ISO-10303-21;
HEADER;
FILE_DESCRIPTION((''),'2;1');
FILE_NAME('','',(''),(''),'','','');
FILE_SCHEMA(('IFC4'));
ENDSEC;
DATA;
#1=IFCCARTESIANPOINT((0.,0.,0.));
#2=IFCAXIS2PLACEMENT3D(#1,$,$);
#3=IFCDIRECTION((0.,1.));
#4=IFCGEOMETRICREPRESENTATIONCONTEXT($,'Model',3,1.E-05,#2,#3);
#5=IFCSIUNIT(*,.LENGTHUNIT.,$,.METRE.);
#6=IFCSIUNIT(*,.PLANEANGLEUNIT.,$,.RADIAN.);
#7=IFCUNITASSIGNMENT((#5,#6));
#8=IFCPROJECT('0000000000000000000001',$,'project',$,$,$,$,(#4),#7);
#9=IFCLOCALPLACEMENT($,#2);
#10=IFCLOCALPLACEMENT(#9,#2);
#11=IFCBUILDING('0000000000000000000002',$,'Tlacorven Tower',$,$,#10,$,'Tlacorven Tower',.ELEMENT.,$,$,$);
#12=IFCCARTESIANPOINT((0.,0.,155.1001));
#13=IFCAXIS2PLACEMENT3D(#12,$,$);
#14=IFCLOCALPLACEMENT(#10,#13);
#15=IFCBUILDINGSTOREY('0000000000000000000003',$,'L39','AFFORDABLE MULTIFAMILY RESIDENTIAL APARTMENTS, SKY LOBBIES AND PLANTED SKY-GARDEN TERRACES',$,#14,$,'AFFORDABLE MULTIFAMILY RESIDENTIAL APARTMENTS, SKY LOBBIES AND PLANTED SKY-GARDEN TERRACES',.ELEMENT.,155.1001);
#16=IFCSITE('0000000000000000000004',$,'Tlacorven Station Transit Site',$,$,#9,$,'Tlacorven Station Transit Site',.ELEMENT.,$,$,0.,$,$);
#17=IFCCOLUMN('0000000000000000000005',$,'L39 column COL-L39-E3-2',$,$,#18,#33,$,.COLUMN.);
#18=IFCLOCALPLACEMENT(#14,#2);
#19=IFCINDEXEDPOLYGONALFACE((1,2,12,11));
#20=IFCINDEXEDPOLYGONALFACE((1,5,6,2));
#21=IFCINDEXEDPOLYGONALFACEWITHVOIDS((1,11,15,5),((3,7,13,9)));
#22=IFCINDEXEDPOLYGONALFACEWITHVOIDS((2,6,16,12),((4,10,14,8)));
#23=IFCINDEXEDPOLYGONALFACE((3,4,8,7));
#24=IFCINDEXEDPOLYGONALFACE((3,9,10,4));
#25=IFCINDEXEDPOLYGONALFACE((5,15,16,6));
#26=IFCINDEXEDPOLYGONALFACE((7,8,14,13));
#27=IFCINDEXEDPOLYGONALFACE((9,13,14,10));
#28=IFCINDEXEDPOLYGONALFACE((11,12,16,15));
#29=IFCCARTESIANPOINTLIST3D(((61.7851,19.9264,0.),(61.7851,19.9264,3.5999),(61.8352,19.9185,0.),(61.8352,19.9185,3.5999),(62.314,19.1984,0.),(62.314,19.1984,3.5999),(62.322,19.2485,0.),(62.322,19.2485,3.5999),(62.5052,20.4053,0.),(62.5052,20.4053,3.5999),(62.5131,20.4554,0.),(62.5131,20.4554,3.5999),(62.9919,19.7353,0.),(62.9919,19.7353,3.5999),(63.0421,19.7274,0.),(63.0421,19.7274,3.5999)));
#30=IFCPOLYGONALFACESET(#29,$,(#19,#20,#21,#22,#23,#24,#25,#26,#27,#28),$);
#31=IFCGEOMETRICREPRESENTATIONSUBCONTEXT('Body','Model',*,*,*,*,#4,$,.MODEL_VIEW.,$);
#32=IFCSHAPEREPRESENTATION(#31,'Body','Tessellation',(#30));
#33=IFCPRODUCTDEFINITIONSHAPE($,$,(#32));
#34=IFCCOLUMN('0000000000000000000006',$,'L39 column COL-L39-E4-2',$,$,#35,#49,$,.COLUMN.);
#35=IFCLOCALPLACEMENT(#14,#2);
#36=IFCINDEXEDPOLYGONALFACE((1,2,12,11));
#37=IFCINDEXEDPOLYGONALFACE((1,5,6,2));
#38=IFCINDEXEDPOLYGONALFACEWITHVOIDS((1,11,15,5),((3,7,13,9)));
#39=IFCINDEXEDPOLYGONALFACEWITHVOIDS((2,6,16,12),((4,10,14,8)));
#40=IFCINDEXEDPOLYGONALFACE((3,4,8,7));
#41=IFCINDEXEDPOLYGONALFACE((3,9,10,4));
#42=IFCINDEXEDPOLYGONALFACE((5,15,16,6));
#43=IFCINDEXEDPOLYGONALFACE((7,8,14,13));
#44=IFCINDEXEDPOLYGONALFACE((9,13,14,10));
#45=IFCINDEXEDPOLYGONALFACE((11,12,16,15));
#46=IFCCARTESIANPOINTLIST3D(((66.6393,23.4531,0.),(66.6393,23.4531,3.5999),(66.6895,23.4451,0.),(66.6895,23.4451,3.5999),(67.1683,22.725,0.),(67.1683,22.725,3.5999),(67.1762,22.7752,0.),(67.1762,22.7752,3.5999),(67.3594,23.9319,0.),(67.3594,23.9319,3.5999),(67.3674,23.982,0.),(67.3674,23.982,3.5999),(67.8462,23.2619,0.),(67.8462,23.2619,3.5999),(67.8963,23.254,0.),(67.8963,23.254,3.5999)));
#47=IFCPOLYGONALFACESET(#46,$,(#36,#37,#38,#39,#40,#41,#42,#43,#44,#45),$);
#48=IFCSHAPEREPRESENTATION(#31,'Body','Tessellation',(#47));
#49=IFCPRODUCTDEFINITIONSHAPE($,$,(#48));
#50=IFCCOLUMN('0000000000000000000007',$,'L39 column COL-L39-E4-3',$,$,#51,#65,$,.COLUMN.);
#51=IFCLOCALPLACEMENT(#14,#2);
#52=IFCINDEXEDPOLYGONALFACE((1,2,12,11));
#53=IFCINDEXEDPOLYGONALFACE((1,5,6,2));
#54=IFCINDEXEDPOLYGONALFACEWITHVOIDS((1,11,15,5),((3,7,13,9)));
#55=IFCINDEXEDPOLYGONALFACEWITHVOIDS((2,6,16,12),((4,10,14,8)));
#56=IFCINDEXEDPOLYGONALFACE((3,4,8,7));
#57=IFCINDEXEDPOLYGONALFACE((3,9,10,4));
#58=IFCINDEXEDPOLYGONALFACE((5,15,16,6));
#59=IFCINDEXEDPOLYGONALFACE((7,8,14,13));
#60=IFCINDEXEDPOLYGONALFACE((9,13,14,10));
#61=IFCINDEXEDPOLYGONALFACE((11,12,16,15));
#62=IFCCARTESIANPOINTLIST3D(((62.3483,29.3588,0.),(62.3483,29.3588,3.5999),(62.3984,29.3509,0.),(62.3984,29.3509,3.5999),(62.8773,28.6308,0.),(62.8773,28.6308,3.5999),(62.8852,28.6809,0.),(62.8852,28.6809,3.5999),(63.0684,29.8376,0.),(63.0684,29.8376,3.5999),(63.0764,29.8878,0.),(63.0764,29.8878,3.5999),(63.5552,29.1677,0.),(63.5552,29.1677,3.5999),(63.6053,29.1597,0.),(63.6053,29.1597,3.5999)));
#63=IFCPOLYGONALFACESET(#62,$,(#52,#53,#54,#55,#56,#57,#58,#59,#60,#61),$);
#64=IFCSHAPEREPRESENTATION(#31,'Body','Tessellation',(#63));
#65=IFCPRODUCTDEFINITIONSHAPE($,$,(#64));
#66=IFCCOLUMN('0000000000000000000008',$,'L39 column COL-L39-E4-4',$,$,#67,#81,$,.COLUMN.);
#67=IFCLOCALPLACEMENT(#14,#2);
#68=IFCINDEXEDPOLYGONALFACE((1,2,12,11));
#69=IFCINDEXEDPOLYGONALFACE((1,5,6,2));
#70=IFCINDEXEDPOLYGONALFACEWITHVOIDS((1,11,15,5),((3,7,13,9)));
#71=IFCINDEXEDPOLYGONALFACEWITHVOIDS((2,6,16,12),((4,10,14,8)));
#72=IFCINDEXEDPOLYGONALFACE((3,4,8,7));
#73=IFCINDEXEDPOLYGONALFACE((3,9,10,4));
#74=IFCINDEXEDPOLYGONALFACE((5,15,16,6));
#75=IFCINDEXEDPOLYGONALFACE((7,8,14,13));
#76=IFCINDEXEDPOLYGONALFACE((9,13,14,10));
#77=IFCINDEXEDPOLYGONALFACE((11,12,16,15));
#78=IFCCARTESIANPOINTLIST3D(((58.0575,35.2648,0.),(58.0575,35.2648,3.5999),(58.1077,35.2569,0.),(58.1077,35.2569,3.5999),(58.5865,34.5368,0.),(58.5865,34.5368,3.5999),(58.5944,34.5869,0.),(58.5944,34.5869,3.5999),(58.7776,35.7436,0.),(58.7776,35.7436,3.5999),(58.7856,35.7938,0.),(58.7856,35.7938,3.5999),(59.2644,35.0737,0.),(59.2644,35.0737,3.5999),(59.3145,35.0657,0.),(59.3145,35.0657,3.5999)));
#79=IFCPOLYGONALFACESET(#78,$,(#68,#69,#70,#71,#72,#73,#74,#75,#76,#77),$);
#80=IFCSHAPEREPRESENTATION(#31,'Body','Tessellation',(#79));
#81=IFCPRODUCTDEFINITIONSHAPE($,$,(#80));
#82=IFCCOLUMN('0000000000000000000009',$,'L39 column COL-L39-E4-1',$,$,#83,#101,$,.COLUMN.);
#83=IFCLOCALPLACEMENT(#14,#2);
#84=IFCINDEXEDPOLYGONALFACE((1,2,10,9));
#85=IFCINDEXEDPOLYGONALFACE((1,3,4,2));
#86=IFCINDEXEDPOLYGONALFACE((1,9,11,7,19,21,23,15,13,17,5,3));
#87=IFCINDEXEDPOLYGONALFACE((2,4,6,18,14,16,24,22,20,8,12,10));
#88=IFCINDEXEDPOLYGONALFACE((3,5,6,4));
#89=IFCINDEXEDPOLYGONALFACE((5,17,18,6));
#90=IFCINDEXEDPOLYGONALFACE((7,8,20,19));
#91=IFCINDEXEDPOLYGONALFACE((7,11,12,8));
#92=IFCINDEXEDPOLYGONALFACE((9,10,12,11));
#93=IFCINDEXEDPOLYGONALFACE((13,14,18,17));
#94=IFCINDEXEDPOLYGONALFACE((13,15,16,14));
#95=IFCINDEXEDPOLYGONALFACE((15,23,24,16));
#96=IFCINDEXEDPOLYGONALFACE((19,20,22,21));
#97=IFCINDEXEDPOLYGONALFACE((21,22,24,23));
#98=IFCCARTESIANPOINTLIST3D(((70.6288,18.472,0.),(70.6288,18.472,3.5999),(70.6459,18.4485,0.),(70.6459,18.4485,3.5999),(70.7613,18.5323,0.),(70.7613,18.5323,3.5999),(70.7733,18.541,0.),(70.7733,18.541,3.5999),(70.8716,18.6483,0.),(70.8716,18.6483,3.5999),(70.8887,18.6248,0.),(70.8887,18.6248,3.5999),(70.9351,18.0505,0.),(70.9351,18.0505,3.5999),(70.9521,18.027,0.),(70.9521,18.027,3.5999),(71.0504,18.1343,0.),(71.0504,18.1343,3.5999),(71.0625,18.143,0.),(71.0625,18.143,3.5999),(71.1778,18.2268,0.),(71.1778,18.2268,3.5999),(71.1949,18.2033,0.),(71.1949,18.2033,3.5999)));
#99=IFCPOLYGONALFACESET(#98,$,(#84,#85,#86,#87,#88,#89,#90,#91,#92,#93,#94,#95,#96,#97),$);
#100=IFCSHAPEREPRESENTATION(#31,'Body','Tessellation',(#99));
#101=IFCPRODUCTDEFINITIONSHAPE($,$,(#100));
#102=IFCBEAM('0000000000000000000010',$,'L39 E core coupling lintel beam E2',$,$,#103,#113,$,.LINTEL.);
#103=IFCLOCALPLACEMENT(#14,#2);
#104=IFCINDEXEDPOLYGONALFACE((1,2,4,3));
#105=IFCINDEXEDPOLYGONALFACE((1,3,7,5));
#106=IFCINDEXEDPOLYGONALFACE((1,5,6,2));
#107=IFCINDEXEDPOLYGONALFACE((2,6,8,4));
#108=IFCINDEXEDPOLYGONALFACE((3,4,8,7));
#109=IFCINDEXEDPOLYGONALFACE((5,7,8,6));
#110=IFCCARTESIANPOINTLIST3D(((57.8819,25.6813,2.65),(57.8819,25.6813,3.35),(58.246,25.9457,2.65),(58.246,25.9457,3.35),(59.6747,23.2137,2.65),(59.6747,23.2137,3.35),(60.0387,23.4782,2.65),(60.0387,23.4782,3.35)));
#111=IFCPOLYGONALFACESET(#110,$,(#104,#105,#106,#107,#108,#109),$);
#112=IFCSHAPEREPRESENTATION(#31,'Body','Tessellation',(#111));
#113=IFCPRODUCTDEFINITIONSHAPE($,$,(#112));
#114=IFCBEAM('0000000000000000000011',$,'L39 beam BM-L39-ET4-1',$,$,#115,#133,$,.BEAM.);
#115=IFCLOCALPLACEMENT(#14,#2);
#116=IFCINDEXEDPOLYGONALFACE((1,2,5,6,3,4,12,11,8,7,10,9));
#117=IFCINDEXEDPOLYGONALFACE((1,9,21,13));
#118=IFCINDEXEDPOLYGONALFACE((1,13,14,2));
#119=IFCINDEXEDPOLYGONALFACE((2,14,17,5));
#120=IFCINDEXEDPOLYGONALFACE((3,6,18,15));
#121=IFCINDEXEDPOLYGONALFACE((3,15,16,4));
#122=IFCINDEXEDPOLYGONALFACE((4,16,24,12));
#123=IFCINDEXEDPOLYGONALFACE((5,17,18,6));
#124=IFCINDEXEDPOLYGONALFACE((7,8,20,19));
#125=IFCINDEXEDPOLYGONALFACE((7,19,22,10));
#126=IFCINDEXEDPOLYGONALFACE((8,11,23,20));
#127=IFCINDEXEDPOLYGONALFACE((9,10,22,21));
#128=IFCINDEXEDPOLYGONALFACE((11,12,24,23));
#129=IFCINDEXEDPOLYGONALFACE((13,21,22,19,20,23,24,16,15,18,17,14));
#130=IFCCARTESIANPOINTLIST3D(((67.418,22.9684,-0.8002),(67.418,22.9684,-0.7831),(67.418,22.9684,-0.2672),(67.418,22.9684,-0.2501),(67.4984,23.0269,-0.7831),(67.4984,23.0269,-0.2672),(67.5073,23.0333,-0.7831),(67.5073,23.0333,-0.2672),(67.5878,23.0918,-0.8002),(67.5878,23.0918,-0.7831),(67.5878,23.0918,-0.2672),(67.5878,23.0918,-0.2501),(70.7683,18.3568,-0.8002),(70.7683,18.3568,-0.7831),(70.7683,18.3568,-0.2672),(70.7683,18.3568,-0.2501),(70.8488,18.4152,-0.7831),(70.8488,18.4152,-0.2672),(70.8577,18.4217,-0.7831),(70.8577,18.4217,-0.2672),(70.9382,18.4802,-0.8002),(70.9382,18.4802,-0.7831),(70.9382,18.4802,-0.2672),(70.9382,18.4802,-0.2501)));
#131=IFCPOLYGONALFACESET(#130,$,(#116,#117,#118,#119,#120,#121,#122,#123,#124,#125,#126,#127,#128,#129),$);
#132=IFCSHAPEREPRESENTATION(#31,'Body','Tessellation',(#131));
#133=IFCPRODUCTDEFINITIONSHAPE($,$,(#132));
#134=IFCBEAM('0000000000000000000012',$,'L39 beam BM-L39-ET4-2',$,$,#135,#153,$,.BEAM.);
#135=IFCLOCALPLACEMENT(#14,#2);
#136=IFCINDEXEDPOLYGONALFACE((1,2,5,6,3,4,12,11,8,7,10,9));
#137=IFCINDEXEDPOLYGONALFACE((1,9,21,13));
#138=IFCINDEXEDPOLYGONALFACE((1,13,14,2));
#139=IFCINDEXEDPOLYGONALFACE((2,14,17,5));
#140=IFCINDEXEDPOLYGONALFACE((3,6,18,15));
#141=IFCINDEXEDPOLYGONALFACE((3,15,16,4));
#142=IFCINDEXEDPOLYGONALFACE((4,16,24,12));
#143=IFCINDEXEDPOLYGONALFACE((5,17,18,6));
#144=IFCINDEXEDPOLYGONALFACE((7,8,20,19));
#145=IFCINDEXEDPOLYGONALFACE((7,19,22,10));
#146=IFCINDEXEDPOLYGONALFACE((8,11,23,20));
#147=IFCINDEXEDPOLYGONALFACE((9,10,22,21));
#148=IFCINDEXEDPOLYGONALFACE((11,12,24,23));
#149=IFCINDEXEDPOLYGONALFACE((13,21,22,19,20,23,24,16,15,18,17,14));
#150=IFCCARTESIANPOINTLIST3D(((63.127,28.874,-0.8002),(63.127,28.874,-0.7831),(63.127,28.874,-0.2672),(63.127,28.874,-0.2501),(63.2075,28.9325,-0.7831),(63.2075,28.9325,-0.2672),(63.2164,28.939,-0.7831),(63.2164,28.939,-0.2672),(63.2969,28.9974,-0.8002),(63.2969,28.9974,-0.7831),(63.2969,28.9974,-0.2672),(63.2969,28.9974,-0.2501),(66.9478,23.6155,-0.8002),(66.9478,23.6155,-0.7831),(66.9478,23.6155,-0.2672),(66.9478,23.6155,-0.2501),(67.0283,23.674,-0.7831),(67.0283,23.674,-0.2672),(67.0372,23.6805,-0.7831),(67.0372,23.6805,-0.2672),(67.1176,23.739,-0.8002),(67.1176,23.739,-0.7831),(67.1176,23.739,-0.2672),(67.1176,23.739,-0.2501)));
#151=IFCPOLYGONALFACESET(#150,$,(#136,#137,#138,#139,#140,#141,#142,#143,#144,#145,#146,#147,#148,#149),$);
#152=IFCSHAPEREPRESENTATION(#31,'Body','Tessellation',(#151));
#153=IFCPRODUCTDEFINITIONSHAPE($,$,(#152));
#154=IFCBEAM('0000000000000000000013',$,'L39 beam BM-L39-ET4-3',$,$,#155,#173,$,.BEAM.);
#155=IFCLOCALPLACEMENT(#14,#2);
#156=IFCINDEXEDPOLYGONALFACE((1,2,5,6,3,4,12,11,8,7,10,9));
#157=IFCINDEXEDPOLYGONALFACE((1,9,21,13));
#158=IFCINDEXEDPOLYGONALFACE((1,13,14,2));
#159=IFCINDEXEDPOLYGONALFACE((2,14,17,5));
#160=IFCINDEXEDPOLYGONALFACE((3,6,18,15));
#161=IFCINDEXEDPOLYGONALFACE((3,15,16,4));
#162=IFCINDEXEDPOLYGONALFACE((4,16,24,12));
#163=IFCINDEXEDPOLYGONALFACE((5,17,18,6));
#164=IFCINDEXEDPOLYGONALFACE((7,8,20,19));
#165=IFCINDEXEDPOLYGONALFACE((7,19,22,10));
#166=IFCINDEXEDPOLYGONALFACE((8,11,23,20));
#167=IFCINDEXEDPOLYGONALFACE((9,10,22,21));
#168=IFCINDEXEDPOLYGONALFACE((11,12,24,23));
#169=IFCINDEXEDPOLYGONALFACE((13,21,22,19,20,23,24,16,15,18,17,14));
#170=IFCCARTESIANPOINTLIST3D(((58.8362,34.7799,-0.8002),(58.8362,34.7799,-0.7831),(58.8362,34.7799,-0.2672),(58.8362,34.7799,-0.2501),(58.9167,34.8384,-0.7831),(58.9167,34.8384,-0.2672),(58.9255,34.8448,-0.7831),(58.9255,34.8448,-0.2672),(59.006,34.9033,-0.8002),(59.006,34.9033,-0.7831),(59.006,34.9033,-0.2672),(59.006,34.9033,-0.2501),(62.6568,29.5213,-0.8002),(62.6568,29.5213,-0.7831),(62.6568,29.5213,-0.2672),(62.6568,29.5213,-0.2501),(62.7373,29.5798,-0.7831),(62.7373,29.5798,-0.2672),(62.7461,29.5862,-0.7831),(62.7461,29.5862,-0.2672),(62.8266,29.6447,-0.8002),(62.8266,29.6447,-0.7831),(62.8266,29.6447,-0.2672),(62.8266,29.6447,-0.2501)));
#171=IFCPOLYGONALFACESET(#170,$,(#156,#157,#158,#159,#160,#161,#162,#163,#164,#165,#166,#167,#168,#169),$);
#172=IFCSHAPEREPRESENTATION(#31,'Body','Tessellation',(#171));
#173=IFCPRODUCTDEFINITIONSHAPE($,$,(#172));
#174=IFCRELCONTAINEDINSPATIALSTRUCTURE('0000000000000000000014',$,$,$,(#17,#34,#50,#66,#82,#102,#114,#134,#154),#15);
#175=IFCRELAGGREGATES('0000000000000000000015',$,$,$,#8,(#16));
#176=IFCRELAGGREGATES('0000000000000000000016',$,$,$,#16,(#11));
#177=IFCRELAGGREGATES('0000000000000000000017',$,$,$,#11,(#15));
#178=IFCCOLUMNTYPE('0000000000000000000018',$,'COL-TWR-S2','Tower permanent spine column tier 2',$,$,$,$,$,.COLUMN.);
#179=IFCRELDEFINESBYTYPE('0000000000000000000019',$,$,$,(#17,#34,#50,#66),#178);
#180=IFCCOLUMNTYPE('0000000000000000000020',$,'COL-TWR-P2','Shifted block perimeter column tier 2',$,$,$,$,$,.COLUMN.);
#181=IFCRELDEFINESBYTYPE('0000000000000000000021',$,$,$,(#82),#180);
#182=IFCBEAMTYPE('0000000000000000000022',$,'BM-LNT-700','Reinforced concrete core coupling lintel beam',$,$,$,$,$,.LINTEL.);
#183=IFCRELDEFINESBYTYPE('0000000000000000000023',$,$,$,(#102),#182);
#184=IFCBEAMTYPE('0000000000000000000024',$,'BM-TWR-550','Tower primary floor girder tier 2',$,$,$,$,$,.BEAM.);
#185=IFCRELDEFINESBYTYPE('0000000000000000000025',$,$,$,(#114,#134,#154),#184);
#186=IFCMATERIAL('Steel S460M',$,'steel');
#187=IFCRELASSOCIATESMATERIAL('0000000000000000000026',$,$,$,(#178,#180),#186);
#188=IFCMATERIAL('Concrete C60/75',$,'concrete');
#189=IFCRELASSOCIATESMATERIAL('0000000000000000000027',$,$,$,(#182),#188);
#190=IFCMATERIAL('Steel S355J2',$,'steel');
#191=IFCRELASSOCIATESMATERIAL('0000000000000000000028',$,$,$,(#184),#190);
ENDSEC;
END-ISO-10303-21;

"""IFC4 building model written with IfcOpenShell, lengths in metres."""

from ifc_helpers import new_model, si_unit, direction, frame, origin, origin_2d, place, context, subcontext, project, spatial, rectangle, hollow_rectangle, i_section, extrude, source, transform, mapped, material, material_profile, profile_set, type_object, element, save


model = new_model("IFC4")

# Units and contexts
model_context = context("Model", 3, precision=1e-05, world=origin(), true_north=direction((0.0, 1.0)))
body_context = subcontext(model_context, "Body", "Model", "MODEL_VIEW")
ifc_project = project(units=[si_unit("LENGTHUNIT", "METRE"), si_unit("PLANEANGLEUNIT", "RADIAN")], contexts=[model_context])

# Site, building, storey
site_placement = place(None, origin())
site = spatial("IfcSite", under=ifc_project, at=site_placement, Name="Tlacorven Station Transit Site", LongName="Tlacorven Station Transit Site", CompositionType="ELEMENT", RefElevation=0.0)
building_placement = place(site_placement, origin())
building = spatial("IfcBuilding", under=site, at=building_placement, Name="Tlacorven Tower", LongName="Tlacorven Tower", CompositionType="ELEMENT")
storey_placement = place(building_placement, frame((0.0, 0.0, 155.1001)))
storey = spatial("IfcBuildingStorey", under=building, at=storey_placement, Name="L39", Description="AFFORDABLE MULTIFAMILY RESIDENTIAL APARTMENTS, SKY LOBBIES AND PLANTED SKY-GARDEN TERRACES", LongName="AFFORDABLE MULTIFAMILY RESIDENTIAL APARTMENTS, SKY LOBBIES AND PLANTED SKY-GARDEN TERRACES", CompositionType="ELEMENT", Elevation=155.1001)

# Columns
ifc_material_1 = material(Name="Steel S460M", Category="steel")
ifc_material_profile_1 = material_profile(ifc_material_1, hollow_rectangle(XDim=0.8999, YDim=0.8999, WallThickness=0.0359, at=origin_2d()), Name="BOX 900X900X36")
ifc_profile_set_1 = profile_set([ifc_material_profile_1], Name="Steel S460M")
column_type_1 = type_object("IfcColumnType", Name="COL-TWR-S2", Description="Tower permanent spine column tier 2", PredefinedType="COLUMN", material=ifc_profile_set_1)
shared_shape_1 = source(origin(), body_context, "Body", "SweptSolid", [
    extrude(hollow_rectangle(XDim=0.8999, YDim=0.8999, WallThickness=0.0359, at=origin_2d()), origin(), (0.0, 0.0, 1.0), 3.5999),
])
for number, where, z_axis, x_axis, name in (
    (1, (62.4136, 19.8269, 0.0), (0.0, 0.0, 1.0), (0.809017, 0.587785, 0.0), "L39 column COL-L39-E3-2"),
    (2, (67.2678, 23.3535, 0.0), (0.0, 0.0, 1.0), (0.809017, 0.587785, 0.0), "L39 column COL-L39-E4-2"),
    (3, (62.9768, 29.2593, 0.0), (0.0, 0.0, 1.0), (0.809017, 0.587785, 0.0), "L39 column COL-L39-E4-3"),
    (4, (58.686, 35.1653, 0.0), (0.0, 0.0, 1.0), (0.809017, 0.587785, 0.0), "L39 column COL-L39-E4-4"),
):
    element("IfcColumn", number, at=place(storey_placement, frame(where, z_axis=z_axis, x_axis=x_axis)), inside=storey, type_object=column_type_1, Name=name, PredefinedType="COLUMN", context=body_context, shape_type="MappedRepresentation", body=[
        mapped(shared_shape_1, transform((0.0, 0.0, 0.0), scale=1.0)),
    ])
ifc_material_profile_2 = material_profile(ifc_material_1, i_section(OverallWidth=0.3, OverallDepth=0.55, WebThickness=0.0149, FlangeThickness=0.0291, at=origin_2d()), Name="HEB 550")
ifc_profile_set_2 = profile_set([ifc_material_profile_2], Name="Steel S460M")
column_type_2 = type_object("IfcColumnType", Name="COL-TWR-P2", Description="Shifted block perimeter column tier 2", PredefinedType="COLUMN", material=ifc_profile_set_2)
shared_shape_2 = source(origin(), body_context, "Body", "SweptSolid", [
    extrude(i_section(OverallWidth=0.3, OverallDepth=0.55, WebThickness=0.0149, FlangeThickness=0.0291, at=origin_2d()), origin(), (0.0, 0.0, 1.0), 3.5999),
])
column_placement = place(storey_placement, frame((70.9119, 18.3376, 0.0), z_axis=(0.0, 0.0, 1.0), x_axis=(0.809017, 0.587785, 0.0)))
element("IfcColumn", 5, at=column_placement, inside=storey, type_object=column_type_2, Name="L39 column COL-L39-E4-1", PredefinedType="COLUMN", context=body_context, shape_type="MappedRepresentation", body=[
    mapped(shared_shape_2, transform((0.0, 0.0, 0.0), scale=1.0)),
])

# Beams
ifc_material_2 = material(Name="Concrete C60/75", Category="concrete")
ifc_material_profile_3 = material_profile(ifc_material_2, rectangle(XDim=0.45, YDim=0.7, at=origin_2d()), Name="RC 450X700")
ifc_profile_set_3 = profile_set([ifc_material_profile_3], Name="Concrete C60/75")
beam_type_1 = type_object("IfcBeamType", Name="BM-LNT-700", Description="Reinforced concrete core coupling lintel beam", PredefinedType="LINTEL", material=ifc_profile_set_3)
shared_shape_3 = source(origin(), body_context, "Body", "SweptSolid", [
    extrude(rectangle(XDim=0.45, YDim=0.7, at=origin_2d()), origin(), (0.0, 0.0, 1.0), 3.05),
])
beam_1_placement = place(storey_placement, frame((59.8567, 23.3459, 3.0), z_axis=(-0.587777, 0.809023, 0.0), x_axis=(-0.809023, -0.587777, 0.0)))
element("IfcBeam", 6, at=beam_1_placement, inside=storey, type_object=beam_type_1, Name="L39 E core coupling lintel beam E2", PredefinedType="LINTEL", context=body_context, shape_type="MappedRepresentation", body=[
    mapped(shared_shape_3, transform((0.0, 0.0, 0.0), scale=1.0)),
])
ifc_material_3 = material(Name="Steel S355J2", Category="steel")
ifc_material_profile_4 = material_profile(ifc_material_3, i_section(OverallWidth=0.21, OverallDepth=0.55, WebThickness=0.011, FlangeThickness=0.0171, at=origin_2d()), Name="IPE 550")
ifc_profile_set_4 = profile_set([ifc_material_profile_4], Name="Steel S355J2")
beam_type_2 = type_object("IfcBeamType", Name="BM-TWR-550", Description="Tower primary floor girder tier 2", PredefinedType="BEAM", material=ifc_profile_set_4)
shared_shape_4 = source(origin(), body_context, "Body", "SweptSolid", [
    extrude(i_section(OverallWidth=0.21, OverallDepth=0.55, WebThickness=0.011, FlangeThickness=0.0171, at=origin_2d()), origin(), (0.0, 0.0, 1.0), 5.7002),
])
beam_2_placement = place(storey_placement, frame((70.8533, 18.4185, -0.5251), z_axis=(-0.587767, 0.80903, 0.0), x_axis=(-0.80903, -0.587767, 0.0)))
element("IfcBeam", 7, at=beam_2_placement, inside=storey, type_object=beam_type_2, Name="L39 beam BM-L39-ET4-1", PredefinedType="BEAM", context=body_context, shape_type="MappedRepresentation", body=[
    mapped(shared_shape_4, transform((0.0, 0.0, 0.0), scale=1.0)),
])
shared_shape_5 = source(origin(), body_context, "Body", "SweptSolid", [
    extrude(i_section(OverallWidth=0.21, OverallDepth=0.55, WebThickness=0.011, FlangeThickness=0.0171, at=origin_2d()), origin(), (0.0, 0.0, 1.0), 6.5),
])
for number, where, z_axis, x_axis, name in (
    (8, (67.0327, 23.6772, -0.5251), (-0.58781, 0.808999, 0.0), (-0.808999, -0.58781, 0.0), "L39 beam BM-L39-ET4-2"),
    (9, (62.7417, 29.583, -0.5251), (-0.587785, 0.809017, 0.0), (-0.809017, -0.587785, 0.0), "L39 beam BM-L39-ET4-3"),
):
    element("IfcBeam", number, at=place(storey_placement, frame(where, z_axis=z_axis, x_axis=x_axis)), inside=storey, type_object=beam_type_2, Name=name, PredefinedType="BEAM", context=body_context, shape_type="MappedRepresentation", body=[
        mapped(shared_shape_5, transform((0.0, 0.0, 0.0), scale=1.0)),
    ])

save(model, "model.ifc")
